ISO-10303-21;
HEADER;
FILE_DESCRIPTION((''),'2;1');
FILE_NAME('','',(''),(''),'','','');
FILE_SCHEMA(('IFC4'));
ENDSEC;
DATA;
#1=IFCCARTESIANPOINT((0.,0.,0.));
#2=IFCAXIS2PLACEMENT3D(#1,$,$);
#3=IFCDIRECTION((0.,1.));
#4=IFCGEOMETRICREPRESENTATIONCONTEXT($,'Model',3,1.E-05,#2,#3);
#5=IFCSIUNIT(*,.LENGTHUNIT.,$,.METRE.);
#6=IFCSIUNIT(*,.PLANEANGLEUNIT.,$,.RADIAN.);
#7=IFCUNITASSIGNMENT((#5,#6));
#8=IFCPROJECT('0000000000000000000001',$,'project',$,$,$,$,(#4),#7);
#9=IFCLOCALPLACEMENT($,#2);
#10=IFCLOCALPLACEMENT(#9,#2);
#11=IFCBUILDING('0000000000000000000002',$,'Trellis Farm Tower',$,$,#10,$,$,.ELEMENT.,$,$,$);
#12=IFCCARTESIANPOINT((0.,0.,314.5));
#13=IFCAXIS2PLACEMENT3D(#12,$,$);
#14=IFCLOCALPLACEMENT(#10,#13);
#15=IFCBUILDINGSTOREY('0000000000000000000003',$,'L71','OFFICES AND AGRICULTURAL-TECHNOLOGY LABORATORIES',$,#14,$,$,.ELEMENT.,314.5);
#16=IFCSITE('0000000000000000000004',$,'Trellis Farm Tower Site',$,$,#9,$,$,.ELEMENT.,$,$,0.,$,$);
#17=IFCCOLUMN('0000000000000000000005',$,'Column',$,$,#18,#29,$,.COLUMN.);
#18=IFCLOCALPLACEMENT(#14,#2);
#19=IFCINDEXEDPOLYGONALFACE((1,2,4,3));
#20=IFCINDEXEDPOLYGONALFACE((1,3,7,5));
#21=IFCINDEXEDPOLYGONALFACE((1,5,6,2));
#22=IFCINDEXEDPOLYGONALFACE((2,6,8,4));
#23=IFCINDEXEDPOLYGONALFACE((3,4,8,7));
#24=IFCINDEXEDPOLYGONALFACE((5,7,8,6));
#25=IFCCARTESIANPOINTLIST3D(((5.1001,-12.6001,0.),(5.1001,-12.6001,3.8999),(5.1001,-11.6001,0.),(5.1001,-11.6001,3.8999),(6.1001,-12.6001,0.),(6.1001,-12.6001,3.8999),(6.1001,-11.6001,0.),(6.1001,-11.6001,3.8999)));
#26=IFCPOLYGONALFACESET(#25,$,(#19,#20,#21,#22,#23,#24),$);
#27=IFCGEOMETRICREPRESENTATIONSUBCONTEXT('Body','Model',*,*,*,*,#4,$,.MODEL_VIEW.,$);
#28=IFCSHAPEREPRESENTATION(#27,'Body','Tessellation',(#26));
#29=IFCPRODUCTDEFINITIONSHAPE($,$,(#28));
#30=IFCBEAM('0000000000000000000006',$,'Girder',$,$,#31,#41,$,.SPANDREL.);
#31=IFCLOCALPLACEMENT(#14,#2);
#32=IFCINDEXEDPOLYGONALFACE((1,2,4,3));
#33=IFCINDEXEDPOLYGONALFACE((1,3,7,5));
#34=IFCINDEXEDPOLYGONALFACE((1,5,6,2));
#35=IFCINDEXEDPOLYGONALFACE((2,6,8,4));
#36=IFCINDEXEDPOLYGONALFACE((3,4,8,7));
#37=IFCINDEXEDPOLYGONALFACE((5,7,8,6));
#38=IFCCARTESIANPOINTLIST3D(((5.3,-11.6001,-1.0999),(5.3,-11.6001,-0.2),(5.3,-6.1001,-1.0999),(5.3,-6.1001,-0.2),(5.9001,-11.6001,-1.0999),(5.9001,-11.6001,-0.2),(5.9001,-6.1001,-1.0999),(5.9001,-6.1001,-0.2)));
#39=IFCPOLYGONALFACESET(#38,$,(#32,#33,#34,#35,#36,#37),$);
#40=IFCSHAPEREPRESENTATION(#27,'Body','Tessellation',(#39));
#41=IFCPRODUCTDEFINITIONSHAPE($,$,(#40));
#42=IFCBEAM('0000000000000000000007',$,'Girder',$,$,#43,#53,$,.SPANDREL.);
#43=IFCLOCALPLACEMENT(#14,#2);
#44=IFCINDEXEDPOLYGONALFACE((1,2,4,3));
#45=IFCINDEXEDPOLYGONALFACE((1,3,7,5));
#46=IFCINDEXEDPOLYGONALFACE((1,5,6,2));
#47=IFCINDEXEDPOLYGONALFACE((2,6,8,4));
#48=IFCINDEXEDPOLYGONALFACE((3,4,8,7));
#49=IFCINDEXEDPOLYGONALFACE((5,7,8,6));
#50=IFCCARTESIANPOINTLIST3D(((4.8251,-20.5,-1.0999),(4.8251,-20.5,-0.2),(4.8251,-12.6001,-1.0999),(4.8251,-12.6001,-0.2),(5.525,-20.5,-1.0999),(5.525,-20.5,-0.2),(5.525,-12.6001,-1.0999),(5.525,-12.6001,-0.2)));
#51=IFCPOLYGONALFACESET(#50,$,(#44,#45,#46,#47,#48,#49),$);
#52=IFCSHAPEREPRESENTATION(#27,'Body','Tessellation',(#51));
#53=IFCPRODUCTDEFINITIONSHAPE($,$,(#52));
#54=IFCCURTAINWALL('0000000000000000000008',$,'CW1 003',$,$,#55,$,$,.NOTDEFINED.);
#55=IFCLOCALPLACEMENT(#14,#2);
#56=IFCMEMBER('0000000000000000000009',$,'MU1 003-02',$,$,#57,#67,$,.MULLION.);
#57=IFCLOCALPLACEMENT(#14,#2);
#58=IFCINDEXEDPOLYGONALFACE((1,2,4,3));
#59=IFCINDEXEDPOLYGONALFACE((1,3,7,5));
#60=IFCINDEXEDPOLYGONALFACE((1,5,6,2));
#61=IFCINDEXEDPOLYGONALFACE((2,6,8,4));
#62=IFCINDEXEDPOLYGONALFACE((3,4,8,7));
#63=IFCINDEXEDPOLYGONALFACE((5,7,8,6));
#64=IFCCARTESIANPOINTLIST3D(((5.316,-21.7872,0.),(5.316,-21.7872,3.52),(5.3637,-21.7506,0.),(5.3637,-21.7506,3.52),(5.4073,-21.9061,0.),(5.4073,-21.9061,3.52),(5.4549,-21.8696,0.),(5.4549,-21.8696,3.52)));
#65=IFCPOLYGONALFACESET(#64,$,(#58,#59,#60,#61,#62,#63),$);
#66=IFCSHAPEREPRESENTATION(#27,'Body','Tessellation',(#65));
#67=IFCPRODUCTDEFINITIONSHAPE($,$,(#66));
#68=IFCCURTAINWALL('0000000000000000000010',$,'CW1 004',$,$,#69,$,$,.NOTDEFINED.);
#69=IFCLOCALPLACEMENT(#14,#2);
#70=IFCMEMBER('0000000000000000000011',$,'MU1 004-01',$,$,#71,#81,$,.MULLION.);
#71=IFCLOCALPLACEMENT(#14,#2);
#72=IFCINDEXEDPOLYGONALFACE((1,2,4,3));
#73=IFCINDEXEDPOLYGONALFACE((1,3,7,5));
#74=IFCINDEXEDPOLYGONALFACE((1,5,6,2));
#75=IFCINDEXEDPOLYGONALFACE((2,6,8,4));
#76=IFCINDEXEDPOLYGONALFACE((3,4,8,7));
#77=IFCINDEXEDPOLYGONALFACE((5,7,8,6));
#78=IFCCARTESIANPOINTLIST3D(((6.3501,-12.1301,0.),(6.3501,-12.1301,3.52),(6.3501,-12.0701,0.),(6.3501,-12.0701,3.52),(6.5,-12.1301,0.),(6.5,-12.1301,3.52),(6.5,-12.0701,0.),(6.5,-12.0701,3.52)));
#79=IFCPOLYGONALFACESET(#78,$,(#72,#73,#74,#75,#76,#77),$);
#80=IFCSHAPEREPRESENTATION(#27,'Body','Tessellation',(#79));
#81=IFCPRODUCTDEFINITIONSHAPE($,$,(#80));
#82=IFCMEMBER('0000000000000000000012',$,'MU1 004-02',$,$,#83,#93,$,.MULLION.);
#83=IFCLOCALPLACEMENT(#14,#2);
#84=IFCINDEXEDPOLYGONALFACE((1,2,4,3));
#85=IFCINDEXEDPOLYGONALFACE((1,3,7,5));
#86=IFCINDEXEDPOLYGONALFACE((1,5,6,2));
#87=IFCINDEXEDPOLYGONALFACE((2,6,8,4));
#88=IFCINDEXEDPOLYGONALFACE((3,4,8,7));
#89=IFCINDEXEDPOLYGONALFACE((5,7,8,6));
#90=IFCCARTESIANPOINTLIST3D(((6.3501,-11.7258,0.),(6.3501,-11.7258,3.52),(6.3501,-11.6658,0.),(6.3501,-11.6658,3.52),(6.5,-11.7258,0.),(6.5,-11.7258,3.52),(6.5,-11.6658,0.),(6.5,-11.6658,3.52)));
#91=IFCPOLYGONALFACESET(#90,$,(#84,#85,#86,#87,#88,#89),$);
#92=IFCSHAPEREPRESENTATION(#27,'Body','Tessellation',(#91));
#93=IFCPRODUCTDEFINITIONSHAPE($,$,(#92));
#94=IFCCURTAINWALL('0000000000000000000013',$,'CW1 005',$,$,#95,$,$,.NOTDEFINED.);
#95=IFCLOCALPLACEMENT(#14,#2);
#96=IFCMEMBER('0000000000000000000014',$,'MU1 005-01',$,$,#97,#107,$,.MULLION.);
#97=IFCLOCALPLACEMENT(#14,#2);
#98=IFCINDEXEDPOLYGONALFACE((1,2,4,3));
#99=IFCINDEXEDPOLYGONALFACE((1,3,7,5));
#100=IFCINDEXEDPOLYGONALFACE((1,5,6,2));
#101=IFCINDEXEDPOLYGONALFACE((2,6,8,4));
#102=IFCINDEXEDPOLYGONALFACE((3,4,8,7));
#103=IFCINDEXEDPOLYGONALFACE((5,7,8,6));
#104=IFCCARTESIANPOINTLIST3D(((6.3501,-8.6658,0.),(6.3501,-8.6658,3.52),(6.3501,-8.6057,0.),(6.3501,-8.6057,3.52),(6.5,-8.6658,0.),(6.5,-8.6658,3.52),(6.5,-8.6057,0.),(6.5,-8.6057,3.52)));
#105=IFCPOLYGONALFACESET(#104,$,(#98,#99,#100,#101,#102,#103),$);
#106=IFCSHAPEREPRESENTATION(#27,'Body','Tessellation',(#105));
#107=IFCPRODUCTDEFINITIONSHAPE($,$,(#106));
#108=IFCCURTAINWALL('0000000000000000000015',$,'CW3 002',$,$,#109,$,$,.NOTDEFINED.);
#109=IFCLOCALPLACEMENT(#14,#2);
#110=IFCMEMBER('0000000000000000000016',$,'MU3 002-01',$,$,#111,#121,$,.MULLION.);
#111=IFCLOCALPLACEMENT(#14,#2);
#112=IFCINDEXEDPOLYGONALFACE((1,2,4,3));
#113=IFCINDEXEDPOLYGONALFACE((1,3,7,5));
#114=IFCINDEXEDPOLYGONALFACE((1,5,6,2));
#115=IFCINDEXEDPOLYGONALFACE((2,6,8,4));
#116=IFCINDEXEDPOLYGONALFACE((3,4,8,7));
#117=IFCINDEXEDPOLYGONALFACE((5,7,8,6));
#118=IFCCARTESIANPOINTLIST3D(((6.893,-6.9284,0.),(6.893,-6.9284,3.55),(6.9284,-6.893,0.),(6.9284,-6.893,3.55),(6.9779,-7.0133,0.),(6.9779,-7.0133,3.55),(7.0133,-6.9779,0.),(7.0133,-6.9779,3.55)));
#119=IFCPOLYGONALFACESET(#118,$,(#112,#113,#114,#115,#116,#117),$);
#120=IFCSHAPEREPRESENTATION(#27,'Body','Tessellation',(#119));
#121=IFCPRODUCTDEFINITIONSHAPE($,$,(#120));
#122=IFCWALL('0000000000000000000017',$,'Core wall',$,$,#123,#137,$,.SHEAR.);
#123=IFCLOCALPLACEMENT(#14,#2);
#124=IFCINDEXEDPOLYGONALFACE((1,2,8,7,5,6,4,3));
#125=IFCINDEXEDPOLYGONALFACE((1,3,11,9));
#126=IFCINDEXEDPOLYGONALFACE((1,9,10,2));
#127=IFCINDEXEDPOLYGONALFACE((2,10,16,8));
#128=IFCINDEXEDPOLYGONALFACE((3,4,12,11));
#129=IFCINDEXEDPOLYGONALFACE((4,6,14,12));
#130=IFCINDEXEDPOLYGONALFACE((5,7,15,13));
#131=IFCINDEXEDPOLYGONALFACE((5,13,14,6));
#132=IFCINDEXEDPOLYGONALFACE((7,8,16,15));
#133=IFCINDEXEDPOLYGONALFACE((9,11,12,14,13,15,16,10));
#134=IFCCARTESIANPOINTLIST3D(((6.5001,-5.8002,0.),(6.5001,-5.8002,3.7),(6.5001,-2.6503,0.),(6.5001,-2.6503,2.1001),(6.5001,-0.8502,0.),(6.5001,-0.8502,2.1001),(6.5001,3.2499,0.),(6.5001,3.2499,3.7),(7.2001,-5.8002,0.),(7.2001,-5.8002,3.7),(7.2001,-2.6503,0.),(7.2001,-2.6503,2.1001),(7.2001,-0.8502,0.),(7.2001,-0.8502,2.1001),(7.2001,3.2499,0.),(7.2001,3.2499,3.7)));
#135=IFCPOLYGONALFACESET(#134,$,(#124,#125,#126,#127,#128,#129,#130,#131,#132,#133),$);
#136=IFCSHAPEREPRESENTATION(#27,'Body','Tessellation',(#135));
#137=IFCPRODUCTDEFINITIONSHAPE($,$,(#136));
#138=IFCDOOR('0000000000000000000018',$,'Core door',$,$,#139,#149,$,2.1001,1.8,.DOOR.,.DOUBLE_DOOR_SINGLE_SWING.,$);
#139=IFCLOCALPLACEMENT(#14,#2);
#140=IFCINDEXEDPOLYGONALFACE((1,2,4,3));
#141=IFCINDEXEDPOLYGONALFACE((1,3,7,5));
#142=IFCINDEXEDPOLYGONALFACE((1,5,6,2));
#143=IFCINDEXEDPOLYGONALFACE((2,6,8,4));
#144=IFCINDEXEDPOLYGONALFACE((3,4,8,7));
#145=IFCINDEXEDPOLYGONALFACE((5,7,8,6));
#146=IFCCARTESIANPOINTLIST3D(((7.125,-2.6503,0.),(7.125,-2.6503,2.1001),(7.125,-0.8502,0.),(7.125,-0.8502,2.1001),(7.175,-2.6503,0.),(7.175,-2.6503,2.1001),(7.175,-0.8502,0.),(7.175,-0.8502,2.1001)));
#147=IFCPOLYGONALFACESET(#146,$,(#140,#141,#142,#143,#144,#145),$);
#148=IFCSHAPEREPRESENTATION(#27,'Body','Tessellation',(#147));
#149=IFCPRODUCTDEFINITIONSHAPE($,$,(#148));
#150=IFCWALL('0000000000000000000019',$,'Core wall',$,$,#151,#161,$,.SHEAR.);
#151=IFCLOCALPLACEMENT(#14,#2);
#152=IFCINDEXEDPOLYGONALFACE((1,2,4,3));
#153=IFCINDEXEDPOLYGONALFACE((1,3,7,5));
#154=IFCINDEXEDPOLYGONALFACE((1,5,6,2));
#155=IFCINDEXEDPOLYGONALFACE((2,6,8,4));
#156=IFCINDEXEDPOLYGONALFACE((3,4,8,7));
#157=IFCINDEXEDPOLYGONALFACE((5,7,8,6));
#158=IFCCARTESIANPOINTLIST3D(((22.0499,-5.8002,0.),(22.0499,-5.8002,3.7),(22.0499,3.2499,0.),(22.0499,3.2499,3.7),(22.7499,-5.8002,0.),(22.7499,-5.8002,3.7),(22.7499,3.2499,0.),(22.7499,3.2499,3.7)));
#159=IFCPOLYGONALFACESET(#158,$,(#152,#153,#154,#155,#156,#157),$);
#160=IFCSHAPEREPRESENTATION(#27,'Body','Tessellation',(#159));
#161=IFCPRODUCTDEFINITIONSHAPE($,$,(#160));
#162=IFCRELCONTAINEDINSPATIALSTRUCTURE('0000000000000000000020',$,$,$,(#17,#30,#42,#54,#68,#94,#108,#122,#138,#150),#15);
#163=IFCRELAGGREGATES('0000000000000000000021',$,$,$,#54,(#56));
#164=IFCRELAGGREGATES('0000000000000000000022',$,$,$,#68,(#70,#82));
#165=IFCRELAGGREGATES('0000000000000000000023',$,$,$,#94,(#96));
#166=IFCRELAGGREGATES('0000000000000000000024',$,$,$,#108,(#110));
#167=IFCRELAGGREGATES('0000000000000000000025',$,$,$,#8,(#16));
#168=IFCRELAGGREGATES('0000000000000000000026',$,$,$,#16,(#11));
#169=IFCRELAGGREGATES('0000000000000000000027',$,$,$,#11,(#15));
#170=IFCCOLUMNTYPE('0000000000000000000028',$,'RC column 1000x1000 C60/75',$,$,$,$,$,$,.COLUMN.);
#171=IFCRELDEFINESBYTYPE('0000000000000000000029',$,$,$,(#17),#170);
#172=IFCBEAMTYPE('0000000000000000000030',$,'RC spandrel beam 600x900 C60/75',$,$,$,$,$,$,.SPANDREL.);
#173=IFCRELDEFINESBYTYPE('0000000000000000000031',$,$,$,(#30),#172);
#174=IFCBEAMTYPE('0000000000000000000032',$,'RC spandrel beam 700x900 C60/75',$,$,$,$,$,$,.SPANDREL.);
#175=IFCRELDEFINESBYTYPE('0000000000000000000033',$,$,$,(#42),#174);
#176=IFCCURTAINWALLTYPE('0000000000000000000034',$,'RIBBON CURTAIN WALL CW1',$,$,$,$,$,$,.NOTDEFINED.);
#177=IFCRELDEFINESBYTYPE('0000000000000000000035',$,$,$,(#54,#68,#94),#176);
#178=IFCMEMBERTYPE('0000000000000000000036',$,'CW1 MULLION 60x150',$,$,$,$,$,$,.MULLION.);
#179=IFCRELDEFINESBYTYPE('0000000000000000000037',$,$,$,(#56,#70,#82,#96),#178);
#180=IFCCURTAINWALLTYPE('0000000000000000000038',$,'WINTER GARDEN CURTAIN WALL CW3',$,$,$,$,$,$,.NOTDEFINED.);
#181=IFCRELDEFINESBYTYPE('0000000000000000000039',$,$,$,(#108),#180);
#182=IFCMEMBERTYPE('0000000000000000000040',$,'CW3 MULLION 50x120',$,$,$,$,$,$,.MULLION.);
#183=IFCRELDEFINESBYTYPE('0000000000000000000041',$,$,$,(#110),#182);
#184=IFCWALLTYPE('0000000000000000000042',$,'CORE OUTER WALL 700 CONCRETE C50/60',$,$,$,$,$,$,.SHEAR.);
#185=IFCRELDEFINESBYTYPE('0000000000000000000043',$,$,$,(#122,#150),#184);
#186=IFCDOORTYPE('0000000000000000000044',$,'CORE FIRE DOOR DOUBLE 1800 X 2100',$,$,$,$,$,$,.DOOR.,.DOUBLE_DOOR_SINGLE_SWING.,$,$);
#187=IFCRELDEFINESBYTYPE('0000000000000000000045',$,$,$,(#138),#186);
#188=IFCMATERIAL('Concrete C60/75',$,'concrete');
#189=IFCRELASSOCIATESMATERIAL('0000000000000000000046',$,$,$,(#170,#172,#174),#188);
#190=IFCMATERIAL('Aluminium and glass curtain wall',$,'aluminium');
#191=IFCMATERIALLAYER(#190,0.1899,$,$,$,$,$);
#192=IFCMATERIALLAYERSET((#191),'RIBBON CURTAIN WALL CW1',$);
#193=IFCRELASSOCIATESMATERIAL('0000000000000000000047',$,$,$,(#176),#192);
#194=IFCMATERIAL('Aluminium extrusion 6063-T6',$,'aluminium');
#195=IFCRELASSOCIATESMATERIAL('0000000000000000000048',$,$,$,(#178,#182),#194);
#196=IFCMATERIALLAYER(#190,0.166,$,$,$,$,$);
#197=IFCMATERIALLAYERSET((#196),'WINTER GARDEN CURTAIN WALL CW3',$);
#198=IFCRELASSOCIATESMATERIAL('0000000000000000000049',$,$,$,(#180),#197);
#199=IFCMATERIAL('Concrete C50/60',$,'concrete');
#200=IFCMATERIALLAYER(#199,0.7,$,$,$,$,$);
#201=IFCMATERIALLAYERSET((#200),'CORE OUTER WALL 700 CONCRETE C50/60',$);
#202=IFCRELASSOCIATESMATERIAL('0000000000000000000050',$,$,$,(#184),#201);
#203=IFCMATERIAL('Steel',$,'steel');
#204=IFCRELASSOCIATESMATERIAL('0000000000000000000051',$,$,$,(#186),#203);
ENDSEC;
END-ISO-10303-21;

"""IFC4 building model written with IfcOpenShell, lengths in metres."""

from ifc_helpers import new_model, si_unit, direction, frame, frame_2d, origin, origin_2d, place, context, subcontext, project, spatial, rectangle, extrude, source, transform, mapped, material, layer, layer_set, material_profile, profile_set, type_object, element, fill, aggregate, save


model = new_model("IFC4")

# Units and contexts
model_context = context("Model", 3, precision=1e-05, world=origin(), true_north=direction((0.0, 1.0)))
body_context = subcontext(model_context, "Body", "Model", "MODEL_VIEW")
ifc_project = project(units=[si_unit("LENGTHUNIT", "METRE"), si_unit("PLANEANGLEUNIT", "RADIAN")], contexts=[model_context])

# Site, building, storey
site_placement = place(None, origin())
site = spatial("IfcSite", under=ifc_project, at=site_placement, Name="Trellis Farm Tower Site", CompositionType="ELEMENT", RefElevation=0.0)
building_placement = place(site_placement, origin())
building = spatial("IfcBuilding", under=site, at=building_placement, Name="Trellis Farm Tower", CompositionType="ELEMENT")
storey_placement = place(building_placement, frame((0.0, 0.0, 314.5)))
storey = spatial("IfcBuildingStorey", under=building, at=storey_placement, Name="L71", Description="OFFICES AND AGRICULTURAL-TECHNOLOGY LABORATORIES", CompositionType="ELEMENT", Elevation=314.5)

# Column
ifc_material_1 = material(Name="Concrete C60/75", Category="concrete")
ifc_material_profile_1 = material_profile(ifc_material_1, rectangle(XDim=1.0, YDim=1.0, at=origin_2d()), Name="RC column 1000x1000 C60/75")
ifc_profile_set_1 = profile_set([ifc_material_profile_1], Name="Concrete C60/75")
column_type = type_object("IfcColumnType", Name="RC column 1000x1000 C60/75", PredefinedType="COLUMN", material=ifc_profile_set_1)
shared_shape_1 = source(origin(), body_context, "Body", "SweptSolid", [
    extrude(rectangle(XDim=1.0, YDim=1.0, at=origin_2d()), origin(), (0.0, 0.0, 1.0), 3.8999),
])
column_placement = place(storey_placement, frame((5.6001, -12.1001, 0.0), z_axis=(0.0, 0.0, 1.0), x_axis=(1.0, 0.0, 0.0)))
element("IfcColumn", 1, at=column_placement, inside=storey, type_object=column_type, Name="Column", PredefinedType="COLUMN", context=body_context, shape_type="MappedRepresentation", body=[
    mapped(shared_shape_1, transform((0.0, 0.0, 0.0))),
])

# Beams
ifc_material_profile_2 = material_profile(ifc_material_1, rectangle(XDim=0.6001, YDim=0.8999, at=origin_2d()), Name="RC spandrel beam 600x900 C60/75")
ifc_profile_set_2 = profile_set([ifc_material_profile_2], Name="Concrete C60/75")
beam_type_1 = type_object("IfcBeamType", Name="RC spandrel beam 600x900 C60/75", PredefinedType="SPANDREL", material=ifc_profile_set_2)
shared_shape_2 = source(origin(), body_context, "Body", "SweptSolid", [
    extrude(rectangle(XDim=0.6001, YDim=0.8999, at=origin_2d()), origin(), (0.0, 0.0, 1.0), 5.5),
])
beam_1_placement = place(storey_placement, frame((5.6001, -11.6001, -0.6499), z_axis=(0.0, 1.0, 0.0), x_axis=(-1.0, 0.0, 0.0)))
element("IfcBeam", 2, at=beam_1_placement, inside=storey, type_object=beam_type_1, Name="Girder", PredefinedType="SPANDREL", context=body_context, shape_type="MappedRepresentation", body=[
    mapped(shared_shape_2, transform((0.0, 0.0, 0.0))),
])
ifc_material_profile_3 = material_profile(ifc_material_1, rectangle(XDim=0.7, YDim=0.8999, at=origin_2d()), Name="RC spandrel beam 700x900 C60/75")
ifc_profile_set_3 = profile_set([ifc_material_profile_3], Name="Concrete C60/75")
beam_type_2 = type_object("IfcBeamType", Name="RC spandrel beam 700x900 C60/75", PredefinedType="SPANDREL", material=ifc_profile_set_3)
shared_shape_3 = source(origin(), body_context, "Body", "SweptSolid", [
    extrude(rectangle(XDim=0.7, YDim=0.8999, at=origin_2d()), origin(), (0.0, 0.0, 1.0), 7.8999),
])
beam_2_placement = place(storey_placement, frame((5.175, -20.5, -0.6499), z_axis=(0.0, 1.0, 0.0), x_axis=(-1.0, 0.0, 0.0)))
element("IfcBeam", 3, at=beam_2_placement, inside=storey, type_object=beam_type_2, Name="Girder", PredefinedType="SPANDREL", context=body_context, shape_type="MappedRepresentation", body=[
    mapped(shared_shape_3, transform((0.0, 0.0, 0.0))),
])

# Curtain wall, member
ifc_material_2 = material(Name="Aluminium and glass curtain wall", Category="aluminium")
ifc_layer_1 = layer(ifc_material_2, 0.1899)
ifc_layer_set_1 = layer_set([ifc_layer_1], Name="RIBBON CURTAIN WALL CW1")
curtain_wall_type_1 = type_object("IfcCurtainWallType", Name="RIBBON CURTAIN WALL CW1", PredefinedType="NOTDEFINED", material=ifc_layer_set_1)
placement = place(storey_placement, origin())
curtain_wall_1 = element("IfcCurtainWall", 4, at=placement, inside=storey, type_object=curtain_wall_type_1, Name="CW1 003", PredefinedType="NOTDEFINED")
ifc_material_3 = material(Name="Aluminium extrusion 6063-T6", Category="aluminium")
ifc_material_profile_4 = material_profile(ifc_material_3, rectangle(XDim=0.0601, YDim=0.1499, at=origin_2d()), Name="MULLION 60x150")
ifc_profile_set_4 = profile_set([ifc_material_profile_4], Name="Aluminium extrusion 6063-T6")
member_type_1 = type_object("IfcMemberType", Name="CW1 MULLION 60x150", PredefinedType="MULLION", material=ifc_profile_set_4)
shared_shape_4 = source(origin(), body_context, "Body", "SweptSolid", [
    extrude(rectangle(XDim=0.0601, YDim=0.1499, at=origin_2d()), origin(), (0.0, 0.0, 1.0), 3.52),
])
member_1_placement = place(storey_placement, frame((5.3855, -21.8284, 0.0), z_axis=(0.0, 0.0, 1.0), x_axis=(0.793353, 0.608761, 0.0)))
member_1 = element("IfcMember", 5, at=member_1_placement, type_object=member_type_1, Name="MU1 003-02", PredefinedType="MULLION", context=body_context, shape_type="MappedRepresentation", body=[
    mapped(shared_shape_4, transform((0.0, 0.0, 0.0))),
])
aggregate(curtain_wall_1, [member_1])

# Curtain wall, members
curtain_wall_2 = element("IfcCurtainWall", 6, at=placement, inside=storey, type_object=curtain_wall_type_1, Name="CW1 004", PredefinedType="NOTDEFINED")
member_2_placement = place(storey_placement, frame((6.425, -12.1001, 0.0), z_axis=(0.0, 0.0, 1.0), x_axis=(0.0, 1.0, 0.0)))
member_2 = element("IfcMember", 7, at=member_2_placement, type_object=member_type_1, Name="MU1 004-01", PredefinedType="MULLION", context=body_context, shape_type="MappedRepresentation", body=[
    mapped(shared_shape_4, transform((0.0, 0.0, 0.0))),
])
member_3_placement = place(storey_placement, frame((6.425, -11.6958, 0.0), z_axis=(0.0, 0.0, 1.0), x_axis=(0.0, 1.0, 0.0)))
member_3 = element("IfcMember", 8, at=member_3_placement, type_object=member_type_1, Name="MU1 004-02", PredefinedType="MULLION", context=body_context, shape_type="MappedRepresentation", body=[
    mapped(shared_shape_4, transform((0.0, 0.0, 0.0))),
])
aggregate(curtain_wall_2, [member_2, member_3])

# Curtain walls, members
curtain_wall_3 = element("IfcCurtainWall", 9, at=placement, inside=storey, type_object=curtain_wall_type_1, Name="CW1 005", PredefinedType="NOTDEFINED")
member_4_placement = place(storey_placement, frame((6.425, -8.6357, 0.0), z_axis=(0.0, 0.0, 1.0), x_axis=(0.0, 1.0, 0.0)))
member_4 = element("IfcMember", 10, at=member_4_placement, type_object=member_type_1, Name="MU1 005-01", PredefinedType="MULLION", context=body_context, shape_type="MappedRepresentation", body=[
    mapped(shared_shape_4, transform((0.0, 0.0, 0.0))),
])
aggregate(curtain_wall_3, [member_4])
ifc_layer_2 = layer(ifc_material_2, 0.166)
ifc_layer_set_2 = layer_set([ifc_layer_2], Name="WINTER GARDEN CURTAIN WALL CW3")
curtain_wall_type_2 = type_object("IfcCurtainWallType", Name="WINTER GARDEN CURTAIN WALL CW3", PredefinedType="NOTDEFINED", material=ifc_layer_set_2)
curtain_wall_4 = element("IfcCurtainWall", 11, at=placement, inside=storey, type_object=curtain_wall_type_2, Name="CW3 002", PredefinedType="NOTDEFINED")
ifc_material_profile_5 = material_profile(ifc_material_3, rectangle(XDim=0.05, YDim=0.1201, at=origin_2d()), Name="MULLION 50x120")
ifc_profile_set_5 = profile_set([ifc_material_profile_5], Name="Aluminium extrusion 6063-T6")
member_type_2 = type_object("IfcMemberType", Name="CW3 MULLION 50x120", PredefinedType="MULLION", material=ifc_profile_set_5)
shared_shape_5 = source(origin(), body_context, "Body", "SweptSolid", [
    extrude(rectangle(XDim=0.05, YDim=0.1201, at=origin_2d()), origin(), (0.0, 0.0, 1.0), 3.55),
])
member_5_placement = place(storey_placement, frame((6.9531, -6.9531, 0.0), z_axis=(0.0, 0.0, 1.0), x_axis=(0.707107, 0.707107, 0.0)))
member_5 = element("IfcMember", 12, at=member_5_placement, type_object=member_type_2, Name="MU3 002-01", PredefinedType="MULLION", context=body_context, shape_type="MappedRepresentation", body=[
    mapped(shared_shape_5, transform((0.0, 0.0, 0.0))),
])
aggregate(curtain_wall_4, [member_5])

# Wall, opening, door
ifc_material_4 = material(Name="Concrete C50/60", Category="concrete")
ifc_layer_3 = layer(ifc_material_4, 0.7)
ifc_layer_set_3 = layer_set([ifc_layer_3], Name="CORE OUTER WALL 700 CONCRETE C50/60")
wall_type_1 = type_object("IfcWallType", Name="CORE OUTER WALL 700 CONCRETE C50/60", PredefinedType="SHEAR", material=ifc_layer_set_3)
shared_shape_6 = source(origin(), body_context, "Body", "SweptSolid", [
    extrude(rectangle(XDim=9.05, YDim=0.7, at=frame_2d((4.5249, 0.0))), origin(), (0.0, 0.0, 1.0), 3.7),
])
wall_1_placement = place(storey_placement, frame((6.8501, -5.8, 0.0), z_axis=(0.0, 0.0, 1.0), x_axis=(0.0, 1.0, 0.0)))
wall_1 = element("IfcWall", 13, at=wall_1_placement, inside=storey, type_object=wall_type_1, Name="Core wall", PredefinedType="SHEAR", context=body_context, shape_type="MappedRepresentation", body=[
    mapped(shared_shape_6, transform((0.0, 0.0, 0.0))),
])
shared_shape_7 = source(origin(), body_context, "Body", "SweptSolid", [
    extrude(rectangle(XDim=1.8, YDim=2.1001, at=frame_2d((0.8999, 1.05))), frame((0.0, 0.3601, 0.0), z_axis=(0.0, -1.0, 0.0), x_axis=(1.0, 0.0, 0.0)), (0.0, 0.0, 1.0), 0.7202),
])
opening_1_placement = place(wall_1_placement, frame((3.1499, 0.0, 0.0)))
opening_1 = element("IfcOpeningElement", 14, at=opening_1_placement, cuts=wall_1, PredefinedType="OPENING", context=body_context, shape_type="MappedRepresentation", body=[
    mapped(shared_shape_7, transform((0.0, 0.0, 0.0))),
])
ifc_material_5 = material(Name="Steel", Category="steel")
door_type_1 = type_object("IfcDoorType", Name="CORE FIRE DOOR DOUBLE 1800 X 2100", OperationType="DOUBLE_DOOR_SINGLE_SWING", PredefinedType="DOOR", material=ifc_material_5)
shared_shape_8 = source(origin(), body_context, "Body", "SweptSolid", [
    extrude(rectangle(XDim=1.8, YDim=2.1001, at=frame_2d((0.8999, 1.05))), frame((0.0, -0.2749, 0.0), z_axis=(0.0, -1.0, 0.0), x_axis=(1.0, 0.0, 0.0)), (0.0, 0.0, 1.0), 0.05),
])
door_1_placement = place(opening_1_placement, origin())
door_1 = element("IfcDoor", 15, at=door_1_placement, inside=storey, type_object=door_type_1, Name="Core door", OperationType="DOUBLE_DOOR_SINGLE_SWING", OverallHeight=2.1001, OverallWidth=1.8, PredefinedType="DOOR", context=body_context, shape_type="MappedRepresentation", body=[
    mapped(shared_shape_8, transform((0.0, 0.0, 0.0))),
])
fill(opening_1, door_1)

# Wall
wall_2_placement = place(storey_placement, frame((22.3999, -5.8, 0.0), z_axis=(0.0, 0.0, 1.0), x_axis=(0.0, 1.0, 0.0)))
element("IfcWall", 16, at=wall_2_placement, inside=storey, type_object=wall_type_1, Name="Core wall", PredefinedType="SHEAR", context=body_context, shape_type="MappedRepresentation", body=[
    mapped(shared_shape_6, transform((0.0, 0.0, 0.0))),
])

save(model, "model.ifc")
